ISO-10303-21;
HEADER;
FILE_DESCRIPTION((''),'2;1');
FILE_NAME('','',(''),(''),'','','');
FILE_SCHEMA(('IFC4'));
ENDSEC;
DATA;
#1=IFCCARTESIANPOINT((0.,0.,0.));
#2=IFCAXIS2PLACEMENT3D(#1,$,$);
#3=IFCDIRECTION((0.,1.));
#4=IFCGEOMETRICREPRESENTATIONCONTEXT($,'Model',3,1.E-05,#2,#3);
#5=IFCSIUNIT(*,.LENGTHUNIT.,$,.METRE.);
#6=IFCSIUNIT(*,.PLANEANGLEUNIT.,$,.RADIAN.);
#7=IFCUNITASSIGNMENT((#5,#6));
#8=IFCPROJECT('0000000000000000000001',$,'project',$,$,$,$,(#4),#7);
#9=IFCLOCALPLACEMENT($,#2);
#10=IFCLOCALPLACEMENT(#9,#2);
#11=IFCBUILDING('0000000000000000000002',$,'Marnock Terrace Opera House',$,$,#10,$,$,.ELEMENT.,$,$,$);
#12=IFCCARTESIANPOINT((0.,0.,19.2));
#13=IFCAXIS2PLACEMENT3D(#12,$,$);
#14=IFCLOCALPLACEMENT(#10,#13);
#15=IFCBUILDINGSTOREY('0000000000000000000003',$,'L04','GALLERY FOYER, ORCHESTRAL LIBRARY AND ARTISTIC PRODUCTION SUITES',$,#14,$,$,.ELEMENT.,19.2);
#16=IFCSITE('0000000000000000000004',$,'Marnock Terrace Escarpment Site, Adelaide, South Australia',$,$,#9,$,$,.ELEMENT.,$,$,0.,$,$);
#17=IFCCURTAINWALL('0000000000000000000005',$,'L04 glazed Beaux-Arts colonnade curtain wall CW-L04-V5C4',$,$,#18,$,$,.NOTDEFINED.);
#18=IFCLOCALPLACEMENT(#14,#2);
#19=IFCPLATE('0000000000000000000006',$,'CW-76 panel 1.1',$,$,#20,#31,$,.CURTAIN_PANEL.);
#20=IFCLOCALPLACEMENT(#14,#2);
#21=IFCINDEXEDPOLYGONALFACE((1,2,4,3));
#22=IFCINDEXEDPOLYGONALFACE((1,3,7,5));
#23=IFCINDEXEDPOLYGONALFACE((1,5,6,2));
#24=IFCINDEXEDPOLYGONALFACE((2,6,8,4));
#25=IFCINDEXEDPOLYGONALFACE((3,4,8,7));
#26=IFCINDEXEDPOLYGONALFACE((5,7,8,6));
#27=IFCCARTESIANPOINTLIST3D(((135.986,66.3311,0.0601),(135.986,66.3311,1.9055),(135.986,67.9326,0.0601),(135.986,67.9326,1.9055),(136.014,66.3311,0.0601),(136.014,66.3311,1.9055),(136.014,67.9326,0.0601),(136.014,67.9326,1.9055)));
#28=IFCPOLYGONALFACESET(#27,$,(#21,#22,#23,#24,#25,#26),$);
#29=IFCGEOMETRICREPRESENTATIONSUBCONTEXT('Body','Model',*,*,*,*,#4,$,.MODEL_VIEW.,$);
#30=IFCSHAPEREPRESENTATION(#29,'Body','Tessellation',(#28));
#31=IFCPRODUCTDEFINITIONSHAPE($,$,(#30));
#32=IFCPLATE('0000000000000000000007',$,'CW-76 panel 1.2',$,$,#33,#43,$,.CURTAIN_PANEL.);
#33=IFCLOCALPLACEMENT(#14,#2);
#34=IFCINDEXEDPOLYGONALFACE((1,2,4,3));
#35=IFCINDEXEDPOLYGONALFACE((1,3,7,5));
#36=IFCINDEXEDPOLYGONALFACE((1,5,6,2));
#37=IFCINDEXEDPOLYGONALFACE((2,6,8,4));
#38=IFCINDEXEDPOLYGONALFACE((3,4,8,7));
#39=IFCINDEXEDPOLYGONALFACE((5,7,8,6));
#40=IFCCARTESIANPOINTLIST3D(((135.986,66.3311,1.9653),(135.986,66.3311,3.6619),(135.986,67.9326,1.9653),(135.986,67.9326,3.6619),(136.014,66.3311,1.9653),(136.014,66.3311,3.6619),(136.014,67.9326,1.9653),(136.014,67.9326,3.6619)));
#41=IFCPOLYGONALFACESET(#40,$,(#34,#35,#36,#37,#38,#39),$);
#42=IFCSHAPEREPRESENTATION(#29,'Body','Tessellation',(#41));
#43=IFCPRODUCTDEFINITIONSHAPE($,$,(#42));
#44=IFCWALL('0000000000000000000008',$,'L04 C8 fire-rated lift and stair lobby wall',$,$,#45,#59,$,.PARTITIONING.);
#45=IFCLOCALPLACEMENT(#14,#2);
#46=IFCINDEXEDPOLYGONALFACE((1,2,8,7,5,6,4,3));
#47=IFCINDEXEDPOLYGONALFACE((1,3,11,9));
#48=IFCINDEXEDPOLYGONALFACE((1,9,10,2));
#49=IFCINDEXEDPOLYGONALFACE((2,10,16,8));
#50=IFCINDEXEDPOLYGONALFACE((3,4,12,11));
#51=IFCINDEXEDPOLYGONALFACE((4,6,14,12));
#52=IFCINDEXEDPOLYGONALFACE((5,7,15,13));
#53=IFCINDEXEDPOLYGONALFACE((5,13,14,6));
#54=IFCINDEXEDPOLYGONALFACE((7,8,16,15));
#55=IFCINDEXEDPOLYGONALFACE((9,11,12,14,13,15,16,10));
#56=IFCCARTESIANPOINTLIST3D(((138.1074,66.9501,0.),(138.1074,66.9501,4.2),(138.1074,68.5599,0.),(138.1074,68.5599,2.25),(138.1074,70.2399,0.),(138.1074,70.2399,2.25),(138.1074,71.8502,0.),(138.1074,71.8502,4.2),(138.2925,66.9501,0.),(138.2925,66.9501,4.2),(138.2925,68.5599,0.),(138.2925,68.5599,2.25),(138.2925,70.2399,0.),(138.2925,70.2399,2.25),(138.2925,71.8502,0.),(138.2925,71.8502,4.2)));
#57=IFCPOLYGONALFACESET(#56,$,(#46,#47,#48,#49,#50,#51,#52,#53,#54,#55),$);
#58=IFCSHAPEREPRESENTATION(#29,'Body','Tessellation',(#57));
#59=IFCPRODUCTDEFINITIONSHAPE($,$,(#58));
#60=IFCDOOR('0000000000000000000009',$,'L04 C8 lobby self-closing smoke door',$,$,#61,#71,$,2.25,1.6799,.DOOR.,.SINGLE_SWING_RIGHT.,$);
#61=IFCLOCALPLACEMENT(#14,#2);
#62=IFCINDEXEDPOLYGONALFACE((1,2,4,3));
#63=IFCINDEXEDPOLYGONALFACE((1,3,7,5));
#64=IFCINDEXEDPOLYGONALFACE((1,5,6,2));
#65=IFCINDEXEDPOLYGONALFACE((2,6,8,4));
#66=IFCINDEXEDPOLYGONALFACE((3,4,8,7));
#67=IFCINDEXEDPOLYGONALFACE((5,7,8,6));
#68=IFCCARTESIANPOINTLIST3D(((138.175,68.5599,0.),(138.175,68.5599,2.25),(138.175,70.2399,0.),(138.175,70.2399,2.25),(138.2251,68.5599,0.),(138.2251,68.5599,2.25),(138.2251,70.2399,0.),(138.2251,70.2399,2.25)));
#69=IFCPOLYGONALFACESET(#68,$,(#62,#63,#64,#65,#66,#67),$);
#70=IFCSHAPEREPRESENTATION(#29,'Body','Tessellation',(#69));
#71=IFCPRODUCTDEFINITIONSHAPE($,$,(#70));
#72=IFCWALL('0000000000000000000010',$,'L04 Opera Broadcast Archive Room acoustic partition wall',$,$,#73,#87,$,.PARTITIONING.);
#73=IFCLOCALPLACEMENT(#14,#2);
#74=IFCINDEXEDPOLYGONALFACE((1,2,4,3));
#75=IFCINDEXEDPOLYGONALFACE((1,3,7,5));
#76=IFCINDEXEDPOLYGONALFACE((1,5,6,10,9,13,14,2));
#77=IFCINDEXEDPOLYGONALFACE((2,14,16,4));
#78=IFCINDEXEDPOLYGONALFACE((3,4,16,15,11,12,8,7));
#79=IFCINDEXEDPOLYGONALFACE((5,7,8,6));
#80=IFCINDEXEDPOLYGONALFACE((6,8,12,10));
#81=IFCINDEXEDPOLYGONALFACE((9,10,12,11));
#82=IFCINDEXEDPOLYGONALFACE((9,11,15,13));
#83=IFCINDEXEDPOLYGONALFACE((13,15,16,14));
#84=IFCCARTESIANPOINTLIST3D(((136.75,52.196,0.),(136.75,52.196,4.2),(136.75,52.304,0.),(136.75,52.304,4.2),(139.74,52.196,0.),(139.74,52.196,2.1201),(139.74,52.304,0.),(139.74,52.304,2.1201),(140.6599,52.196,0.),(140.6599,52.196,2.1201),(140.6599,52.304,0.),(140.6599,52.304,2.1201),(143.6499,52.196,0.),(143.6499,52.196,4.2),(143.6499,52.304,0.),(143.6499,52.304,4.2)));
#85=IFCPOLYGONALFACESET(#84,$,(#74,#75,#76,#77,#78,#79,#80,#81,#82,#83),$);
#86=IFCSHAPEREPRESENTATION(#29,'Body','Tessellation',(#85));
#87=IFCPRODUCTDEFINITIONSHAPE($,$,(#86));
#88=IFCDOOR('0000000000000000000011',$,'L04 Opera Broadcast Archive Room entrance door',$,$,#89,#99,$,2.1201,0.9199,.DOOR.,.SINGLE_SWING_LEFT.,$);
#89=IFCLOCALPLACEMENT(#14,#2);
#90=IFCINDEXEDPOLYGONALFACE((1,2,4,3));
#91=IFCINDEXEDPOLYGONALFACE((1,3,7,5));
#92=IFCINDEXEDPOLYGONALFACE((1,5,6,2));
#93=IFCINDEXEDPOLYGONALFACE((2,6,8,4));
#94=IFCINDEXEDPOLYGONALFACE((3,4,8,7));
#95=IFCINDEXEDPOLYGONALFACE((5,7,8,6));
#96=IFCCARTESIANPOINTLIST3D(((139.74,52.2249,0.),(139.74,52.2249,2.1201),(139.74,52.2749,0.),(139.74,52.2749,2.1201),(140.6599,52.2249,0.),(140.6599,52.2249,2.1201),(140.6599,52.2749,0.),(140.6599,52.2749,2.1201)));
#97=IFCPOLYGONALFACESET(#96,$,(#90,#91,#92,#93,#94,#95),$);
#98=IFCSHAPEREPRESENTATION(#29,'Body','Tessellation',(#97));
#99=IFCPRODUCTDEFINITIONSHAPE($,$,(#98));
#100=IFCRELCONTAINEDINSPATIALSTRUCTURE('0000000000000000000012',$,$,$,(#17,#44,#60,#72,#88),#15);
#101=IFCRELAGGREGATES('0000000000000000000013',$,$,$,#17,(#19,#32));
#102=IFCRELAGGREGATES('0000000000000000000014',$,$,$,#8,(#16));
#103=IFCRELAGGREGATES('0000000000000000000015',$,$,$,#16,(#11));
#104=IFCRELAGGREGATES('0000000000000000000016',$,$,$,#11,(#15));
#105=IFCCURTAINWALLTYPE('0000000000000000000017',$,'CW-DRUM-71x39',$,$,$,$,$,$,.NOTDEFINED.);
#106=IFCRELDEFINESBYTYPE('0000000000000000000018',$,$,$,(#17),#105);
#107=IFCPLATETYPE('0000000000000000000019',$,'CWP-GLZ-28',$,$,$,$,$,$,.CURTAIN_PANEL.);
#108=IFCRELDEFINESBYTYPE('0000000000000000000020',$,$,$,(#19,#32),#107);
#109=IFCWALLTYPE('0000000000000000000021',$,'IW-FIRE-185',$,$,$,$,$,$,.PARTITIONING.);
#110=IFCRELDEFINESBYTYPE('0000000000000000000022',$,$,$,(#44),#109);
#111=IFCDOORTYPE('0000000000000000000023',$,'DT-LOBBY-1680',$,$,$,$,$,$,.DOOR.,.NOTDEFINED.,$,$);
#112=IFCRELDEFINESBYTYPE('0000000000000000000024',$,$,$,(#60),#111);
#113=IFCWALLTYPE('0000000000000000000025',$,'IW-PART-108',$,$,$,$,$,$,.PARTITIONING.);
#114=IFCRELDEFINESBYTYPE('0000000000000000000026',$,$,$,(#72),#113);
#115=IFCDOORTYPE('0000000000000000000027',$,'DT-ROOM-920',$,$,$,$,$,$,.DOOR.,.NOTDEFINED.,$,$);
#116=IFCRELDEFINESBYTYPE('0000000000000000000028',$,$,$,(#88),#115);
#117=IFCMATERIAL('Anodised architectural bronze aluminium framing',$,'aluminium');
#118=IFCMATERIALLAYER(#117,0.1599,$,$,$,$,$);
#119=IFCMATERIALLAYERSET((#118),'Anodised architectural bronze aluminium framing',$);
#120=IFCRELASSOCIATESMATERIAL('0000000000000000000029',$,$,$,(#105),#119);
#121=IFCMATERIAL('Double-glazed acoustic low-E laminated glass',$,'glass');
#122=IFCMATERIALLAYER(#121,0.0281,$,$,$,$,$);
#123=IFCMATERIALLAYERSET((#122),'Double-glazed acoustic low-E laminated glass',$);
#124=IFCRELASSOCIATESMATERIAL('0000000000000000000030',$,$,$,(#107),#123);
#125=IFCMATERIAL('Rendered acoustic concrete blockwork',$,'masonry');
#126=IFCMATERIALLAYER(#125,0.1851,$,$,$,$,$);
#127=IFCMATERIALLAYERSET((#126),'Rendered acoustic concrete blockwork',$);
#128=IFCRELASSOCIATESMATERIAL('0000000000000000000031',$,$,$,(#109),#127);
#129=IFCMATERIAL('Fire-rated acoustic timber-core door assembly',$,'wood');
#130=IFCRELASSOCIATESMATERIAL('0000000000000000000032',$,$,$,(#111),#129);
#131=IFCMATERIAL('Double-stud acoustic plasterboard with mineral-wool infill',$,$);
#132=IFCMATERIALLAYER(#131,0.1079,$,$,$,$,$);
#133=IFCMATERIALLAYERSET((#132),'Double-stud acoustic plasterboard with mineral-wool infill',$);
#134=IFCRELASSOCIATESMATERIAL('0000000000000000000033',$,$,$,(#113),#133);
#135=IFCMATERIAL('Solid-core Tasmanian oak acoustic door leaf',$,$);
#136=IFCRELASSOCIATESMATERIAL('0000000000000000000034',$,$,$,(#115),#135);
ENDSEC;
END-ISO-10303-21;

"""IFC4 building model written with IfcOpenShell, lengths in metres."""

from ifc_helpers import new_model, si_unit, direction, frame, frame_2d, origin, origin_2d, place, context, subcontext, project, spatial, rectangle, extrude, material, layer, layer_set, type_object, element, fill, aggregate, save


model = new_model("IFC4")

# Units and contexts
model_context = context("Model", 3, precision=1e-05, world=origin(), true_north=direction((0.0, 1.0)))
body_context = subcontext(model_context, "Body", "Model", "MODEL_VIEW")
ifc_project = project(units=[si_unit("LENGTHUNIT", "METRE"), si_unit("PLANEANGLEUNIT", "RADIAN")], contexts=[model_context])

# Site, building, storey
site_placement = place(None, origin())
site = spatial("IfcSite", under=ifc_project, at=site_placement, Name="Marnock Terrace Escarpment Site, Adelaide, South Australia", CompositionType="ELEMENT", RefElevation=0.0)
building_placement = place(site_placement, origin())
building = spatial("IfcBuilding", under=site, at=building_placement, Name="Marnock Terrace Opera House", CompositionType="ELEMENT")
storey_placement = place(building_placement, frame((0.0, 0.0, 19.2)))
storey = spatial("IfcBuildingStorey", under=building, at=storey_placement, Name="L04", Description="GALLERY FOYER, ORCHESTRAL LIBRARY AND ARTISTIC PRODUCTION SUITES", CompositionType="ELEMENT", Elevation=19.2)

# Curtain wall
ifc_material_1 = material(Name="Anodised architectural bronze aluminium framing", Category="aluminium")
ifc_layer_1 = layer(ifc_material_1, 0.1599)
ifc_layer_set_1 = layer_set([ifc_layer_1], Name="Anodised architectural bronze aluminium framing")
curtain_wall_type = type_object("IfcCurtainWallType", Name="CW-DRUM-71x39", PredefinedType="NOTDEFINED", material=ifc_layer_set_1)
curtain_wall_1_placement = place(storey_placement, origin())
curtain_wall_1 = element("IfcCurtainWall", 1, at=curtain_wall_1_placement, inside=storey, type_object=curtain_wall_type, Name="L04 glazed Beaux-Arts colonnade curtain wall CW-L04-V5C4", PredefinedType="NOTDEFINED")

# Plates
ifc_material_2 = material(Name="Double-glazed acoustic low-E laminated glass", Category="glass")
ifc_layer_2 = layer(ifc_material_2, 0.0281)
ifc_layer_set_2 = layer_set([ifc_layer_2], Name="Double-glazed acoustic low-E laminated glass")
plate_type = type_object("IfcPlateType", Name="CWP-GLZ-28", PredefinedType="CURTAIN_PANEL", material=ifc_layer_set_2)
plate_1_placement = place(storey_placement, frame((136.0, 67.1318, 0.0601), z_axis=(0.0, 0.0, 1.0), x_axis=(0.0, 1.0, 0.0)))
plate_1 = element("IfcPlate", 2, at=plate_1_placement, type_object=plate_type, Name="CW-76 panel 1.1", PredefinedType="CURTAIN_PANEL", context=body_context, shape_type="SweptSolid", body=[
    extrude(rectangle(XDim=1.6016, YDim=0.0281, at=origin_2d()), origin(), (0.0, 0.0, 1.0), 1.8455),
])
plate_2_placement = place(storey_placement, frame((136.0, 67.1318, 1.9653), z_axis=(0.0, 0.0, 1.0), x_axis=(0.0, 1.0, 0.0)))
plate_2 = element("IfcPlate", 3, at=plate_2_placement, type_object=plate_type, Name="CW-76 panel 1.2", PredefinedType="CURTAIN_PANEL", context=body_context, shape_type="SweptSolid", body=[
    extrude(rectangle(XDim=1.6016, YDim=0.0281, at=origin_2d()), origin(), (0.0, 0.0, 1.0), 1.6965),
])
aggregate(curtain_wall_1, [plate_1, plate_2])

# Walls, openings, doors
ifc_material_3 = material(Name="Rendered acoustic concrete blockwork", Category="masonry")
ifc_layer_3 = layer(ifc_material_3, 0.1851)
ifc_layer_set_3 = layer_set([ifc_layer_3], Name="Rendered acoustic concrete blockwork")
wall_type_1 = type_object("IfcWallType", Name="IW-FIRE-185", PredefinedType="PARTITIONING", material=ifc_layer_set_3)
wall_1_placement = place(storey_placement, frame((138.2, 66.95, 0.0), z_axis=(0.0, 0.0, 1.0), x_axis=(0.0, 1.0, 0.0)))
wall_1 = element("IfcWall", 4, at=wall_1_placement, inside=storey, type_object=wall_type_1, Name="L04 C8 fire-rated lift and stair lobby wall", PredefinedType="PARTITIONING", context=body_context, shape_type="SweptSolid", body=[
    extrude(rectangle(XDim=4.9001, YDim=0.1851, at=frame_2d((2.4502, 0.0))), origin(), (0.0, 0.0, 1.0), 4.2),
])
opening_1_placement = place(wall_1_placement, frame((1.6101, 0.0, 0.0)))
opening_1 = element("IfcOpeningElement", 5, at=opening_1_placement, cuts=wall_1, PredefinedType="OPENING", context=body_context, shape_type="SweptSolid", body=[
    extrude(rectangle(XDim=1.6799, YDim=2.25, at=frame_2d((0.8398, 1.125))), frame((0.0, 0.1025, 0.0), z_axis=(0.0, -1.0, 0.0), x_axis=(1.0, 0.0, 0.0)), (0.0, 0.0, 1.0), 0.2051),
])
ifc_material_4 = material(Name="Fire-rated acoustic timber-core door assembly", Category="wood")
door_type_1 = type_object("IfcDoorType", Name="DT-LOBBY-1680", OperationType="NOTDEFINED", PredefinedType="DOOR", material=ifc_material_4)
door_1_placement = place(opening_1_placement, origin())
door_1 = element("IfcDoor", 6, at=door_1_placement, inside=storey, type_object=door_type_1, Name="L04 C8 lobby self-closing smoke door", OperationType="SINGLE_SWING_RIGHT", OverallHeight=2.25, OverallWidth=1.6799, PredefinedType="DOOR", context=body_context, shape_type="SweptSolid", body=[
    extrude(rectangle(XDim=1.6799, YDim=2.25, at=frame_2d((0.8398, 1.125))), frame((0.0, 0.0249, 0.0), z_axis=(0.0, -1.0, 0.0), x_axis=(1.0, 0.0, 0.0)), (0.0, 0.0, 1.0), 0.05),
])
fill(opening_1, door_1)
ifc_material_5 = material(Name="Double-stud acoustic plasterboard with mineral-wool infill")
ifc_layer_4 = layer(ifc_material_5, 0.1079)
ifc_layer_set_4 = layer_set([ifc_layer_4], Name="Double-stud acoustic plasterboard with mineral-wool infill")
wall_type_2 = type_object("IfcWallType", Name="IW-PART-108", PredefinedType="PARTITIONING", material=ifc_layer_set_4)
wall_2_placement = place(storey_placement, frame((136.75, 52.25, 0.0), z_axis=(0.0, 0.0, 1.0), x_axis=(1.0, 0.0, 0.0)))
wall_2 = element("IfcWall", 7, at=wall_2_placement, inside=storey, type_object=wall_type_2, Name="L04 Opera Broadcast Archive Room acoustic partition wall", PredefinedType="PARTITIONING", context=body_context, shape_type="SweptSolid", body=[
    extrude(rectangle(XDim=6.8999, YDim=0.1079, at=frame_2d((3.45, 0.0))), origin(), (0.0, 0.0, 1.0), 4.2),
])
opening_2_placement = place(wall_2_placement, frame((2.99, 0.0, 0.0)))
opening_2 = element("IfcOpeningElement", 8, at=opening_2_placement, cuts=wall_2, PredefinedType="OPENING", context=body_context, shape_type="SweptSolid", body=[
    extrude(rectangle(XDim=0.9199, YDim=2.1201, at=frame_2d((0.46, 1.0601))), frame((0.0, 0.064, 0.0), z_axis=(0.0, -1.0, 0.0), x_axis=(1.0, 0.0, 0.0)), (0.0, 0.0, 1.0), 0.1279),
])
ifc_material_6 = material(Name="Solid-core Tasmanian oak acoustic door leaf")
door_type_2 = type_object("IfcDoorType", Name="DT-ROOM-920", OperationType="NOTDEFINED", PredefinedType="DOOR", material=ifc_material_6)
door_2_placement = place(opening_2_placement, origin())
door_2 = element("IfcDoor", 9, at=door_2_placement, inside=storey, type_object=door_type_2, Name="L04 Opera Broadcast Archive Room entrance door", OperationType="SINGLE_SWING_LEFT", OverallHeight=2.1201, OverallWidth=0.9199, PredefinedType="DOOR", context=body_context, shape_type="SweptSolid", body=[
    extrude(rectangle(XDim=0.9199, YDim=2.1201, at=frame_2d((0.46, 1.0601))), frame((0.0, 0.0249, 0.0), z_axis=(0.0, -1.0, 0.0), x_axis=(1.0, 0.0, 0.0)), (0.0, 0.0, 1.0), 0.05),
])
fill(opening_2, door_2)

save(model, "model.ifc")
